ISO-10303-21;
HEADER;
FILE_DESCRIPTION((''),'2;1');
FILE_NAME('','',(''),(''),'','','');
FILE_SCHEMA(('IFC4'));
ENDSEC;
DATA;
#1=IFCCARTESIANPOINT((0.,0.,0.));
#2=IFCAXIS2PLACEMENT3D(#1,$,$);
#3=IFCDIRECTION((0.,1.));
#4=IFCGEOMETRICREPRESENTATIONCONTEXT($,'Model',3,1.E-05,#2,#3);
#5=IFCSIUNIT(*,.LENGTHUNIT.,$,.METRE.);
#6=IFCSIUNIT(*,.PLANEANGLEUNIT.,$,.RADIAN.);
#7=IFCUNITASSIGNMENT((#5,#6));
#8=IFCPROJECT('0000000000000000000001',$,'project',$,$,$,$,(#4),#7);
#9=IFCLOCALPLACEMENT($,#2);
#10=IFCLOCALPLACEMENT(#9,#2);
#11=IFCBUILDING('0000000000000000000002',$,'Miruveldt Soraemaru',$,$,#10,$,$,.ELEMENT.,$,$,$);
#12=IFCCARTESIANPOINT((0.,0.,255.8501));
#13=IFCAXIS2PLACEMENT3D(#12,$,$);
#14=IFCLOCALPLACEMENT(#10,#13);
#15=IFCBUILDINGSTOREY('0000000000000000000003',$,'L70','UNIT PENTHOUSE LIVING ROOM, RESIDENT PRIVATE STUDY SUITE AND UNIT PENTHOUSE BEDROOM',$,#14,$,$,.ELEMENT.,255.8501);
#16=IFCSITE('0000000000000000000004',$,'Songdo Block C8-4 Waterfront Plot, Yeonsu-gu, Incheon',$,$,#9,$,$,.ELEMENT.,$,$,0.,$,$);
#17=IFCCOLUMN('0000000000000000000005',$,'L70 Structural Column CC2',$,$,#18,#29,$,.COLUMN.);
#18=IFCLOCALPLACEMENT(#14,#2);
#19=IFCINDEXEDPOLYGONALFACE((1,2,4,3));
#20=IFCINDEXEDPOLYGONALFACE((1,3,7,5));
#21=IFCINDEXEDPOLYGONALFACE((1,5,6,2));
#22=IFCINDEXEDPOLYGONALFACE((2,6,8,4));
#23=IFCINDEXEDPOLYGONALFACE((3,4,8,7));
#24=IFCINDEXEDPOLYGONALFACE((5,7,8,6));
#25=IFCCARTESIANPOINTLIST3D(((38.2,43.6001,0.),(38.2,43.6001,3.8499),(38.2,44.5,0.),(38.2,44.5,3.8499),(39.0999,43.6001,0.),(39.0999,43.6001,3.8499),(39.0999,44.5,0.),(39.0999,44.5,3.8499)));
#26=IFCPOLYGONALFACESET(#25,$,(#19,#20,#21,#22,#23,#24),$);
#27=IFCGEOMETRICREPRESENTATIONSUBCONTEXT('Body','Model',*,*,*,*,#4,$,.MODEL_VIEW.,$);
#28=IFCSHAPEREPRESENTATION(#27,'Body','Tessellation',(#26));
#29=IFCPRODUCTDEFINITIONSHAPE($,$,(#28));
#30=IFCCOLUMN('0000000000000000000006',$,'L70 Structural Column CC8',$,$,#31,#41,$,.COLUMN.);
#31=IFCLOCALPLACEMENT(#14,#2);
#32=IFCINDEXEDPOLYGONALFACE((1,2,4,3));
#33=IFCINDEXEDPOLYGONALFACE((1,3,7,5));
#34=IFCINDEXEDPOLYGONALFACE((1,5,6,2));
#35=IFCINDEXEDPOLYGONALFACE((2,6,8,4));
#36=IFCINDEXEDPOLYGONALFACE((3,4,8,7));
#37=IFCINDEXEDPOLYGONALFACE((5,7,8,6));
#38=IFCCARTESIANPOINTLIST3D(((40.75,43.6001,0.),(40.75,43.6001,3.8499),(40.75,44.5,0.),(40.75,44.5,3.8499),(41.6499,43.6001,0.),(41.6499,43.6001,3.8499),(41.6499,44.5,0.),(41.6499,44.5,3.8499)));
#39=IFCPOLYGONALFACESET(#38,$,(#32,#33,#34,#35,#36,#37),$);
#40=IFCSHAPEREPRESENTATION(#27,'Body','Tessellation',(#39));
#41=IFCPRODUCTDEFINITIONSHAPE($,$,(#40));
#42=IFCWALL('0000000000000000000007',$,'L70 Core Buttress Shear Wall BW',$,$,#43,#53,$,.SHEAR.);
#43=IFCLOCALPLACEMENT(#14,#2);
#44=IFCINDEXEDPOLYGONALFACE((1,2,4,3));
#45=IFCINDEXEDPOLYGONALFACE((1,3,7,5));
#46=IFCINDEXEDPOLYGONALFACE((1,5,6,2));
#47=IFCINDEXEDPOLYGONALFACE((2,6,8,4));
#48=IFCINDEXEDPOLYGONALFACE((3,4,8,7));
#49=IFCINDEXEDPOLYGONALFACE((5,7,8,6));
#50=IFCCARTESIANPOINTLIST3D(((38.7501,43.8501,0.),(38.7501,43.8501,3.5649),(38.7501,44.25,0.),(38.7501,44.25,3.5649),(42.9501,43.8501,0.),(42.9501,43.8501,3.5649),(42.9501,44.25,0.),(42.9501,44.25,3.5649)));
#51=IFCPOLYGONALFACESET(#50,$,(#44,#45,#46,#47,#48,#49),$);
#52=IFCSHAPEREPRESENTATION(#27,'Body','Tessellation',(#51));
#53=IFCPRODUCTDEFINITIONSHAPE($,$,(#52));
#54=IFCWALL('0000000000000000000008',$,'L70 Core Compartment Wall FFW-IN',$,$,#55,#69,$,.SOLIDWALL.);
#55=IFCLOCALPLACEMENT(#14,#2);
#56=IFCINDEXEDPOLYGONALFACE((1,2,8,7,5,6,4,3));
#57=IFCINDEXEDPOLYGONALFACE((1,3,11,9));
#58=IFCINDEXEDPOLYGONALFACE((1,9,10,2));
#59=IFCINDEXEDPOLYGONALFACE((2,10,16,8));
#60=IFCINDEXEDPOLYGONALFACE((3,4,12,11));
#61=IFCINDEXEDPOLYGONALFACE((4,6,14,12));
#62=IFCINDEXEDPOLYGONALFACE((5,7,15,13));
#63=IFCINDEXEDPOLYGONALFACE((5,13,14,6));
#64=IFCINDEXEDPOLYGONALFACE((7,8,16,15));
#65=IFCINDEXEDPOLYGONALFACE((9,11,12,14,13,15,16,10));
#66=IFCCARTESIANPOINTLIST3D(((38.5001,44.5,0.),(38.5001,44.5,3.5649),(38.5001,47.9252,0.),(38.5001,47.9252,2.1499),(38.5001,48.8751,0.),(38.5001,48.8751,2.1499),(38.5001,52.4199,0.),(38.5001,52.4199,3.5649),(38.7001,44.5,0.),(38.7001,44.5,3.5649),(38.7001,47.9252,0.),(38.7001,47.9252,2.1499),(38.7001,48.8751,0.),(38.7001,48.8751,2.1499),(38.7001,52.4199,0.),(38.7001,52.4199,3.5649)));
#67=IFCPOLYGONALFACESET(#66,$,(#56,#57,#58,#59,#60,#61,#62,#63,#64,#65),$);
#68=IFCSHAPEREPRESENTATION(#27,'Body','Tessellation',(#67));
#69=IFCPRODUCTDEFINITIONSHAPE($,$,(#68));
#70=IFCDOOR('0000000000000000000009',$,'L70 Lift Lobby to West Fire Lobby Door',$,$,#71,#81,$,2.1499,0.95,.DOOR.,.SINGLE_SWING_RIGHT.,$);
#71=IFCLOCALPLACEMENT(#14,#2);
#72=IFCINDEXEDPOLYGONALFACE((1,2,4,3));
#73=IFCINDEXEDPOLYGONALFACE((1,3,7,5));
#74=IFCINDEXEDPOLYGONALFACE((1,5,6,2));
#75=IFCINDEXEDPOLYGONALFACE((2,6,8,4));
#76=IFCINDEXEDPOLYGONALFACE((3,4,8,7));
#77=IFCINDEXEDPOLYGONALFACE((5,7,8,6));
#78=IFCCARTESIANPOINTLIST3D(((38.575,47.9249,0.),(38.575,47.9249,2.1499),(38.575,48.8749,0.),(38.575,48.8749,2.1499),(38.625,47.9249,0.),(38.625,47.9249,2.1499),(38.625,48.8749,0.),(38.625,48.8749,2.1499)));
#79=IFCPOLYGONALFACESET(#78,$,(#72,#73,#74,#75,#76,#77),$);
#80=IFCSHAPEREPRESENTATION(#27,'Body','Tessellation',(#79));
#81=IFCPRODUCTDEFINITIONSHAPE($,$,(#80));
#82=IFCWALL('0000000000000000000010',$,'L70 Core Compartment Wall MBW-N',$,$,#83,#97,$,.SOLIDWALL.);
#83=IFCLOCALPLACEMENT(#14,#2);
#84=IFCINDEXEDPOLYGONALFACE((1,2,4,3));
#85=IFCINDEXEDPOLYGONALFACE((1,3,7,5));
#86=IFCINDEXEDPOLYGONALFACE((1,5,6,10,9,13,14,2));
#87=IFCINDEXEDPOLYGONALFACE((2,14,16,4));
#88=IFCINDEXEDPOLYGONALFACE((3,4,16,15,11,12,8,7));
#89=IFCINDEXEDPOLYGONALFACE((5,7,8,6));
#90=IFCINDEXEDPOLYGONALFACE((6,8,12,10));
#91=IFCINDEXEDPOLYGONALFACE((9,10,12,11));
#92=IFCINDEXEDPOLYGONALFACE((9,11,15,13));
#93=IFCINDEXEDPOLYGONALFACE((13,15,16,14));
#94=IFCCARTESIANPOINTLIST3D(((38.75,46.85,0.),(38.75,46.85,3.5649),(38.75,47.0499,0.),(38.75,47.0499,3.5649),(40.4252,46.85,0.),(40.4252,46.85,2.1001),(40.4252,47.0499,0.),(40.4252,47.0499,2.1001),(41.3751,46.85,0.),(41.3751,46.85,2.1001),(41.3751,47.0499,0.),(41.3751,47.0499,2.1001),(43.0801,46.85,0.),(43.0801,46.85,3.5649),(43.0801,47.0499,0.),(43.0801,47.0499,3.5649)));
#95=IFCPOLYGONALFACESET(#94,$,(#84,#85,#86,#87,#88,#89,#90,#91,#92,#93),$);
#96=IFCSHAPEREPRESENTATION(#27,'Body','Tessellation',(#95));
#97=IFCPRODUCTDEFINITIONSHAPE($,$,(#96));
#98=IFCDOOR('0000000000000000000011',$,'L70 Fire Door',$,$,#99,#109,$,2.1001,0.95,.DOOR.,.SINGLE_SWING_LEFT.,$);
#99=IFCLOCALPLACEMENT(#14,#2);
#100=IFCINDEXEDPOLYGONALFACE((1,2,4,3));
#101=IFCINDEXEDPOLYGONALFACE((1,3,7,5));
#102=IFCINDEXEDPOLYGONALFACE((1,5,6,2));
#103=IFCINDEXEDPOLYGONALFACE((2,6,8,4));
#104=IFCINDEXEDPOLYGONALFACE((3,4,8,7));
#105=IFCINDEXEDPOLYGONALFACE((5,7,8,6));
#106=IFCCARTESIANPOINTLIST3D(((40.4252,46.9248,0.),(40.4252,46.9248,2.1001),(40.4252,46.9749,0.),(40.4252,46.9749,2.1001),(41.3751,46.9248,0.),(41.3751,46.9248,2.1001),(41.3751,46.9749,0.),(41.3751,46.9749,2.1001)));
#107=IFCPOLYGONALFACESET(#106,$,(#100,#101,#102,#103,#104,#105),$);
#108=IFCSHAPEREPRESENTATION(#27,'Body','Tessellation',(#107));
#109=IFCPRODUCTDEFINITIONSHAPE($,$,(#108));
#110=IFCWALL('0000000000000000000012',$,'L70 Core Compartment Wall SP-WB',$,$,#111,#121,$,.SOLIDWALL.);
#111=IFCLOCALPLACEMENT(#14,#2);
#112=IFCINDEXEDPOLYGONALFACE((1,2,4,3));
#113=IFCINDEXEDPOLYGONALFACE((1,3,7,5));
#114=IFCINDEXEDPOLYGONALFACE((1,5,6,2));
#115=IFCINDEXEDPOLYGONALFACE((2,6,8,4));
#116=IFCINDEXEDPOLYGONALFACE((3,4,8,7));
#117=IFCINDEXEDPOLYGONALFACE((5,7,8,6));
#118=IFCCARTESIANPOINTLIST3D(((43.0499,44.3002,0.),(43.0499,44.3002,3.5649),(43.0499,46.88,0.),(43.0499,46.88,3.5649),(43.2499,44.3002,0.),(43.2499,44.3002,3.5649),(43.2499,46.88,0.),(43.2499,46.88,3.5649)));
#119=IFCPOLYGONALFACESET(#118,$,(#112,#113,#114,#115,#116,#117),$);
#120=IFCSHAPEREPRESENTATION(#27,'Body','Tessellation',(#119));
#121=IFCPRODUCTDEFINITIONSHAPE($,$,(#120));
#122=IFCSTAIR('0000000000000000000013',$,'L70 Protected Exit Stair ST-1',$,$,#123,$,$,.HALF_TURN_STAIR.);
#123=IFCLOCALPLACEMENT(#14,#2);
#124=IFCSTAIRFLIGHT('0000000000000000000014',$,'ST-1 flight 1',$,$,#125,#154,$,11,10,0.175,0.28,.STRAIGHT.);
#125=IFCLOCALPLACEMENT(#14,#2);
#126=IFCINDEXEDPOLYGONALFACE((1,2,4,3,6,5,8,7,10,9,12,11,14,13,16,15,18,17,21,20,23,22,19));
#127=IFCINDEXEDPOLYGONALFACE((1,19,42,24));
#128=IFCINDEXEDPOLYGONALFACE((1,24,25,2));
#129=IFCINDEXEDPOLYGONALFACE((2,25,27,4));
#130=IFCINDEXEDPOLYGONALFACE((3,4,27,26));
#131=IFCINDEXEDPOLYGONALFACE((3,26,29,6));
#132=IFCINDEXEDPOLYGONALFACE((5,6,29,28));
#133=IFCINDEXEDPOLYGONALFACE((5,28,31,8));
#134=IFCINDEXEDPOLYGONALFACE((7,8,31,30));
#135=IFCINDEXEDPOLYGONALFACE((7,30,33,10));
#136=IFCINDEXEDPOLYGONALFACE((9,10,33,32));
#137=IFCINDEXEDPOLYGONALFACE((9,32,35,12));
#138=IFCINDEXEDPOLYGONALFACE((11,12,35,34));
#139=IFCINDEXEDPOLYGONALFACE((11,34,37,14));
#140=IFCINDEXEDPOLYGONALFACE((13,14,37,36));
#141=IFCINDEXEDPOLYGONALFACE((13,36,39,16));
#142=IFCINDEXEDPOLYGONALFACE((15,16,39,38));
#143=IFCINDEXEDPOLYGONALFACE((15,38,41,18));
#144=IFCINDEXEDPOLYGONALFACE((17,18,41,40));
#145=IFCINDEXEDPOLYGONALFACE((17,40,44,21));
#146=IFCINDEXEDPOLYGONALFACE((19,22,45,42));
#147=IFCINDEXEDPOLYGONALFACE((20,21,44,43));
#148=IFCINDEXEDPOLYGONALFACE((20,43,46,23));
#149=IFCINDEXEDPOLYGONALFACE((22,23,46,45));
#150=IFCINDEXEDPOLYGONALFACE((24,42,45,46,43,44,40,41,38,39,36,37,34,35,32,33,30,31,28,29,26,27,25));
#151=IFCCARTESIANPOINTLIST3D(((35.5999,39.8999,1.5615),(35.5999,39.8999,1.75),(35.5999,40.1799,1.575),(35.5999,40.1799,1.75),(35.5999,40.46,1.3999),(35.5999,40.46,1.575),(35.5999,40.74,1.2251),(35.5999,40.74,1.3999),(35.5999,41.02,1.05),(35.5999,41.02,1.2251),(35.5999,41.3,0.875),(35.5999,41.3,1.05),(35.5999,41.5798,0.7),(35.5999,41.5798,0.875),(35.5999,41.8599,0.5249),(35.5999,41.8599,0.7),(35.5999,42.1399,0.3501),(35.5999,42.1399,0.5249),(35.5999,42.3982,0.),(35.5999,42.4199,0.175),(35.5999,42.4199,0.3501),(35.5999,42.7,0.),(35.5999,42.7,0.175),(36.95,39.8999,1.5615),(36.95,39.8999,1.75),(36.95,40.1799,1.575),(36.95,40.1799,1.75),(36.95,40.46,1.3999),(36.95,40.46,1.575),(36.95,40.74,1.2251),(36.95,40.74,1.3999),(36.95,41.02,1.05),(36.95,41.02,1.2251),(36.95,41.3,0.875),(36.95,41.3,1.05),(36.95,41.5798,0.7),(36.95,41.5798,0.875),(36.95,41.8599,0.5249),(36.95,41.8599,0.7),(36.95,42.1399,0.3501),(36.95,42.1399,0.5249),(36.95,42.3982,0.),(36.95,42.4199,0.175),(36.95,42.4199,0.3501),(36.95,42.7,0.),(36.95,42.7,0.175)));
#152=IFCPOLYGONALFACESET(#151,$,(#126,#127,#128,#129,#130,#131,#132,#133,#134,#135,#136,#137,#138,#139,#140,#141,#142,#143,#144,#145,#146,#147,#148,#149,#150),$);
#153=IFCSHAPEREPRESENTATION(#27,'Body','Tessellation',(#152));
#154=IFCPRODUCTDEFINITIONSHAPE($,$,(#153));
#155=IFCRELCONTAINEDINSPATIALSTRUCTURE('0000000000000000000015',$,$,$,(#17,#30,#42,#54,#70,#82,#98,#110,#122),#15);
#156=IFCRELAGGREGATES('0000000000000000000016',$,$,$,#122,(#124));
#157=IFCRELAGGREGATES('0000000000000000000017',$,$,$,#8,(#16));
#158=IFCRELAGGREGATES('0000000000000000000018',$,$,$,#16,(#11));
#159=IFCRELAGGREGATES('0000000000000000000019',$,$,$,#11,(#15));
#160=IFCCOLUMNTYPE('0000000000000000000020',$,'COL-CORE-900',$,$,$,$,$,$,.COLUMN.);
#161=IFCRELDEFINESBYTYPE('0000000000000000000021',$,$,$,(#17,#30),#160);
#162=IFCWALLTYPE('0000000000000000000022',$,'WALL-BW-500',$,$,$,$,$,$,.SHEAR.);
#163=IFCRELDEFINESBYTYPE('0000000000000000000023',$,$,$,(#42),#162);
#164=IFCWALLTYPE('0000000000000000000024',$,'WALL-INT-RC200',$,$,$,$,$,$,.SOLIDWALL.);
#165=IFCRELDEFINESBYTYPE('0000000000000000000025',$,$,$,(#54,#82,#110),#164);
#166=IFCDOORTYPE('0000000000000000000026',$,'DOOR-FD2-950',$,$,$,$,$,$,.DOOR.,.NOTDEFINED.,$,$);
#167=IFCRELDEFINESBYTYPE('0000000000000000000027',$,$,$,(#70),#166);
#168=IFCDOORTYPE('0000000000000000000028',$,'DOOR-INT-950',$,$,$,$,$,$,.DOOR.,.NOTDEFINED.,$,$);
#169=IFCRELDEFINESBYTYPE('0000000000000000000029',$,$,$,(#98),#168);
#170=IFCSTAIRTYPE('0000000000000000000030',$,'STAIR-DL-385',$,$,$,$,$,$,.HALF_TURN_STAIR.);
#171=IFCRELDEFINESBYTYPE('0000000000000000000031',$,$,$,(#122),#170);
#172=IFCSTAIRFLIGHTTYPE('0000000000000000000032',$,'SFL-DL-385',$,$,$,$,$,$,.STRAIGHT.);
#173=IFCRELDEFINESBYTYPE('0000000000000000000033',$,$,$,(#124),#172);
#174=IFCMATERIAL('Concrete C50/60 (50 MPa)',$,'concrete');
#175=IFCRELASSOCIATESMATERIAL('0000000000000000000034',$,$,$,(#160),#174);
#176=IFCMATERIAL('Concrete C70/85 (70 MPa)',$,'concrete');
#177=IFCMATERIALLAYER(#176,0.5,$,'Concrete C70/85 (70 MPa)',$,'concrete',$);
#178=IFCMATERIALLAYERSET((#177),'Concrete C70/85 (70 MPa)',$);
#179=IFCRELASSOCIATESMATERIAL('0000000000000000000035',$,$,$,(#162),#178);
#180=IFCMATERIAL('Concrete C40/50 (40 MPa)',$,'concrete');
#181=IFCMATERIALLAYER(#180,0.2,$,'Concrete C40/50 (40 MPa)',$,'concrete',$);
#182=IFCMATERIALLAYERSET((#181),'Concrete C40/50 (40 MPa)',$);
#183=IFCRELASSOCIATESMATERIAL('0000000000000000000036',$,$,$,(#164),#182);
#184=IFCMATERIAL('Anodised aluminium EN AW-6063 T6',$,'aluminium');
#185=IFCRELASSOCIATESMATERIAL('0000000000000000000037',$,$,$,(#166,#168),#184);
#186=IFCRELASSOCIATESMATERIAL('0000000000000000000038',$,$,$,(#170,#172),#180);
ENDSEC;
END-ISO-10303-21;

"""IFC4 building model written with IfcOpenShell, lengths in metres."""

from ifc_helpers import new_model, si_unit, direction, frame, frame_2d, origin, origin_2d, place, context, subcontext, project, spatial, polyline, rectangle, outline, extrude, material, layer, layer_set, material_profile, profile_set, type_object, element, fill, aggregate, save


model = new_model("IFC4")

# Units and contexts
model_context = context("Model", 3, precision=1e-05, world=origin(), true_north=direction((0.0, 1.0)))
body_context = subcontext(model_context, "Body", "Model", "MODEL_VIEW")
ifc_project = project(units=[si_unit("LENGTHUNIT", "METRE"), si_unit("PLANEANGLEUNIT", "RADIAN")], contexts=[model_context])

# Site, building, storey
site_placement = place(None, origin())
site = spatial("IfcSite", under=ifc_project, at=site_placement, Name="Songdo Block C8-4 Waterfront Plot, Yeonsu-gu, Incheon", CompositionType="ELEMENT", RefElevation=0.0)
building_placement = place(site_placement, origin())
building = spatial("IfcBuilding", under=site, at=building_placement, Name="Miruveldt Soraemaru", CompositionType="ELEMENT")
storey_placement = place(building_placement, frame((0.0, 0.0, 255.8501)))
storey = spatial("IfcBuildingStorey", under=building, at=storey_placement, Name="L70", Description="UNIT PENTHOUSE LIVING ROOM, RESIDENT PRIVATE STUDY SUITE AND UNIT PENTHOUSE BEDROOM", CompositionType="ELEMENT", Elevation=255.8501)

# Columns
ifc_material_1 = material(Name="Concrete C50/60 (50 MPa)", Category="concrete")
ifc_material_profile = material_profile(ifc_material_1, rectangle(XDim=0.8999, YDim=0.8999, at=origin_2d()), Name="Concrete C50/60 (50 MPa)", Category="concrete")
ifc_profile_set = profile_set([ifc_material_profile], Name="Concrete C50/60 (50 MPa)")
column_type = type_object("IfcColumnType", Name="COL-CORE-900", PredefinedType="COLUMN", material=ifc_profile_set)
for number, where, z_axis, x_axis, name in (
    (1, (38.6499, 44.05, 0.0), (0.0, 0.0, 1.0), (1.0, 0.0, 0.0), "L70 Structural Column CC2"),
    (2, (41.2, 44.05, 0.0), (0.0, 0.0, 1.0), (1.0, 0.0, 0.0), "L70 Structural Column CC8"),
):
    element("IfcColumn", number, at=place(storey_placement, frame(where, z_axis=z_axis, x_axis=x_axis)), inside=storey, type_object=column_type, Name=name, PredefinedType="COLUMN", context=body_context, shape_type="SweptSolid", body=[
        extrude(rectangle(XDim=0.8999, YDim=0.8999, at=origin_2d()), origin(), (0.0, 0.0, 1.0), 3.8499),
    ])

# Wall
ifc_material_2 = material(Name="Concrete C70/85 (70 MPa)", Category="concrete")
ifc_layer_1 = layer(ifc_material_2, 0.5, Name="Concrete C70/85 (70 MPa)", Category="concrete")
ifc_layer_set_1 = layer_set([ifc_layer_1], Name="Concrete C70/85 (70 MPa)")
wall_type_1 = type_object("IfcWallType", Name="WALL-BW-500", PredefinedType="SHEAR", material=ifc_layer_set_1)
wall_1_placement = place(storey_placement, frame((38.75, 44.05, 0.0), z_axis=(0.0, 0.0, 1.0), x_axis=(1.0, 0.0, 0.0)))
element("IfcWall", 3, at=wall_1_placement, inside=storey, type_object=wall_type_1, Name="L70 Core Buttress Shear Wall BW", PredefinedType="SHEAR", context=body_context, shape_type="SweptSolid", body=[
    extrude(rectangle(XDim=4.2, YDim=0.3999, at=frame_2d((2.1001, 0.0))), origin(), (0.0, 0.0, 1.0), 3.5649),
])

# Wall, opening, door
ifc_material_3 = material(Name="Concrete C40/50 (40 MPa)", Category="concrete")
ifc_layer_2 = layer(ifc_material_3, 0.2, Name="Concrete C40/50 (40 MPa)", Category="concrete")
ifc_layer_set_2 = layer_set([ifc_layer_2], Name="Concrete C40/50 (40 MPa)")
wall_type_2 = type_object("IfcWallType", Name="WALL-INT-RC200", PredefinedType="SOLIDWALL", material=ifc_layer_set_2)
wall_2_placement = place(storey_placement, frame((38.6001, 44.5, 0.0), z_axis=(0.0, 0.0, 1.0), x_axis=(0.0, 1.0, 0.0)))
wall_2 = element("IfcWall", 4, at=wall_2_placement, inside=storey, type_object=wall_type_2, Name="L70 Core Compartment Wall FFW-IN", PredefinedType="SOLIDWALL", context=body_context, shape_type="SweptSolid", body=[
    extrude(rectangle(XDim=7.9199, YDim=0.2, at=frame_2d((3.96, 0.0))), origin(), (0.0, 0.0, 1.0), 3.5649),
])
opening_1_placement = place(wall_2_placement, frame((3.425, 0.0, 0.0)))
opening_1 = element("IfcOpeningElement", 5, at=opening_1_placement, cuts=wall_2, PredefinedType="OPENING", context=body_context, shape_type="SweptSolid", body=[
    extrude(rectangle(XDim=0.95, YDim=2.1499, at=frame_2d((0.4751, 1.075))), frame((0.0, 0.1099, 0.0), z_axis=(0.0, -1.0, 0.0), x_axis=(1.0, 0.0, 0.0)), (0.0, 0.0, 1.0), 0.22),
])
ifc_material_4 = material(Name="Anodised aluminium EN AW-6063 T6", Category="aluminium")
door_type_1 = type_object("IfcDoorType", Name="DOOR-FD2-950", OperationType="NOTDEFINED", PredefinedType="DOOR", material=ifc_material_4)
door_1_placement = place(opening_1_placement, frame((0.95, 0.0, 0.0), z_axis=(0.0, 0.0, 1.0), x_axis=(-1.0, 0.0, 0.0)))
door_1 = element("IfcDoor", 6, at=door_1_placement, inside=storey, type_object=door_type_1, Name="L70 Lift Lobby to West Fire Lobby Door", OperationType="SINGLE_SWING_RIGHT", OverallHeight=2.1499, OverallWidth=0.95, PredefinedType="DOOR", context=body_context, shape_type="SweptSolid", body=[
    extrude(rectangle(XDim=0.95, YDim=2.1499, at=frame_2d((0.4751, 1.075))), frame((0.0, 0.0249, 0.0), z_axis=(0.0, -1.0, 0.0), x_axis=(1.0, 0.0, 0.0)), (0.0, 0.0, 1.0), 0.05),
])
fill(opening_1, door_1)

# Wall, opening, door
wall_3_placement = place(storey_placement, frame((38.75, 46.95, 0.0), z_axis=(0.0, 0.0, 1.0), x_axis=(1.0, 0.0, 0.0)))
wall_3 = element("IfcWall", 7, at=wall_3_placement, inside=storey, type_object=wall_type_2, Name="L70 Core Compartment Wall MBW-N", PredefinedType="SOLIDWALL", context=body_context, shape_type="SweptSolid", body=[
    extrude(rectangle(XDim=4.3301, YDim=0.2, at=frame_2d((2.165, 0.0))), origin(), (0.0, 0.0, 1.0), 3.5649),
])
opening_2_placement = place(wall_3_placement, frame((1.675, 0.0, 0.0)))
opening_2 = element("IfcOpeningElement", 8, at=opening_2_placement, cuts=wall_3, PredefinedType="OPENING", context=body_context, shape_type="SweptSolid", body=[
    extrude(rectangle(XDim=0.95, YDim=2.1001, at=frame_2d((0.4751, 1.05))), frame((0.0, 0.1099, 0.0), z_axis=(0.0, -1.0, 0.0), x_axis=(1.0, 0.0, 0.0)), (0.0, 0.0, 1.0), 0.22),
])
door_type_2 = type_object("IfcDoorType", Name="DOOR-INT-950", OperationType="NOTDEFINED", PredefinedType="DOOR", material=ifc_material_4)
door_2_placement = place(opening_2_placement, origin())
door_2 = element("IfcDoor", 9, at=door_2_placement, inside=storey, type_object=door_type_2, Name="L70 Fire Door", OperationType="SINGLE_SWING_LEFT", OverallHeight=2.1001, OverallWidth=0.95, PredefinedType="DOOR", context=body_context, shape_type="SweptSolid", body=[
    extrude(rectangle(XDim=0.95, YDim=2.1001, at=frame_2d((0.4751, 1.05))), frame((0.0, 0.0249, 0.0), z_axis=(0.0, -1.0, 0.0), x_axis=(1.0, 0.0, 0.0)), (0.0, 0.0, 1.0), 0.05),
])
fill(opening_2, door_2)

# Wall
wall_4_placement = place(storey_placement, frame((43.1499, 44.3, 0.0), z_axis=(0.0, 0.0, 1.0), x_axis=(0.0, 1.0, 0.0)))
element("IfcWall", 10, at=wall_4_placement, inside=storey, type_object=wall_type_2, Name="L70 Core Compartment Wall SP-WB", PredefinedType="SOLIDWALL", context=body_context, shape_type="SweptSolid", body=[
    extrude(rectangle(XDim=2.5798, YDim=0.2, at=frame_2d((1.29, 0.0))), origin(), (0.0, 0.0, 1.0), 3.5649),
])

# Stair, stair flight
stair_type = type_object("IfcStairType", Name="STAIR-DL-385", PredefinedType="HALF_TURN_STAIR", material=ifc_material_3)
stair_placement = place(storey_placement, origin())
stair = element("IfcStair", 11, at=stair_placement, inside=storey, type_object=stair_type, Name="L70 Protected Exit Stair ST-1", PredefinedType="HALF_TURN_STAIR")
stair_flight_type = type_object("IfcStairFlightType", Name="SFL-DL-385", PredefinedType="STRAIGHT", material=ifc_material_3)
stair_flight_1_placement = place(storey_placement, frame((36.2749, 42.7, 0.0), z_axis=(0.0, 0.0, 1.0), x_axis=(0.0, -1.0, 0.0)))
stair_flight_1 = element("IfcStairFlight", 12, at=stair_flight_1_placement, type_object=stair_flight_type, Name="ST-1 flight 1", NumberOfRisers=11, NumberOfTreads=10, PredefinedType="STRAIGHT", RiserHeight=0.175, TreadLength=0.28, context=body_context, shape_type="SweptSolid", body=[
    extrude(outline(polyline([(0.0, 0.0), (0.0, 0.175), (0.28, 0.175), (0.28, 0.3501), (0.5601, 0.3501), (0.5601, 0.5249), (0.8401, 0.5249), (0.8401, 0.7), (1.1201, 0.7), (1.1201, 0.875), (1.3999, 0.875), (1.3999, 1.05), (1.6799, 1.05), (1.6799, 1.2251), (1.96, 1.2251), (1.96, 1.3999), (2.24, 1.3999), (2.24, 1.575), (2.52, 1.575), (2.52, 1.75), (2.8, 1.75), (2.8, 1.925), (2.8, 1.5615), (0.3018, 0.0), (0.0, 0.0)])), frame((0.0, 0.675, 0.0), z_axis=(0.0, -1.0, 0.0), x_axis=(1.0, 0.0, 0.0)), (0.0, 0.0, 1.0), 1.3501),
])
aggregate(stair, [stair_flight_1])

save(model, "model.ifc")
